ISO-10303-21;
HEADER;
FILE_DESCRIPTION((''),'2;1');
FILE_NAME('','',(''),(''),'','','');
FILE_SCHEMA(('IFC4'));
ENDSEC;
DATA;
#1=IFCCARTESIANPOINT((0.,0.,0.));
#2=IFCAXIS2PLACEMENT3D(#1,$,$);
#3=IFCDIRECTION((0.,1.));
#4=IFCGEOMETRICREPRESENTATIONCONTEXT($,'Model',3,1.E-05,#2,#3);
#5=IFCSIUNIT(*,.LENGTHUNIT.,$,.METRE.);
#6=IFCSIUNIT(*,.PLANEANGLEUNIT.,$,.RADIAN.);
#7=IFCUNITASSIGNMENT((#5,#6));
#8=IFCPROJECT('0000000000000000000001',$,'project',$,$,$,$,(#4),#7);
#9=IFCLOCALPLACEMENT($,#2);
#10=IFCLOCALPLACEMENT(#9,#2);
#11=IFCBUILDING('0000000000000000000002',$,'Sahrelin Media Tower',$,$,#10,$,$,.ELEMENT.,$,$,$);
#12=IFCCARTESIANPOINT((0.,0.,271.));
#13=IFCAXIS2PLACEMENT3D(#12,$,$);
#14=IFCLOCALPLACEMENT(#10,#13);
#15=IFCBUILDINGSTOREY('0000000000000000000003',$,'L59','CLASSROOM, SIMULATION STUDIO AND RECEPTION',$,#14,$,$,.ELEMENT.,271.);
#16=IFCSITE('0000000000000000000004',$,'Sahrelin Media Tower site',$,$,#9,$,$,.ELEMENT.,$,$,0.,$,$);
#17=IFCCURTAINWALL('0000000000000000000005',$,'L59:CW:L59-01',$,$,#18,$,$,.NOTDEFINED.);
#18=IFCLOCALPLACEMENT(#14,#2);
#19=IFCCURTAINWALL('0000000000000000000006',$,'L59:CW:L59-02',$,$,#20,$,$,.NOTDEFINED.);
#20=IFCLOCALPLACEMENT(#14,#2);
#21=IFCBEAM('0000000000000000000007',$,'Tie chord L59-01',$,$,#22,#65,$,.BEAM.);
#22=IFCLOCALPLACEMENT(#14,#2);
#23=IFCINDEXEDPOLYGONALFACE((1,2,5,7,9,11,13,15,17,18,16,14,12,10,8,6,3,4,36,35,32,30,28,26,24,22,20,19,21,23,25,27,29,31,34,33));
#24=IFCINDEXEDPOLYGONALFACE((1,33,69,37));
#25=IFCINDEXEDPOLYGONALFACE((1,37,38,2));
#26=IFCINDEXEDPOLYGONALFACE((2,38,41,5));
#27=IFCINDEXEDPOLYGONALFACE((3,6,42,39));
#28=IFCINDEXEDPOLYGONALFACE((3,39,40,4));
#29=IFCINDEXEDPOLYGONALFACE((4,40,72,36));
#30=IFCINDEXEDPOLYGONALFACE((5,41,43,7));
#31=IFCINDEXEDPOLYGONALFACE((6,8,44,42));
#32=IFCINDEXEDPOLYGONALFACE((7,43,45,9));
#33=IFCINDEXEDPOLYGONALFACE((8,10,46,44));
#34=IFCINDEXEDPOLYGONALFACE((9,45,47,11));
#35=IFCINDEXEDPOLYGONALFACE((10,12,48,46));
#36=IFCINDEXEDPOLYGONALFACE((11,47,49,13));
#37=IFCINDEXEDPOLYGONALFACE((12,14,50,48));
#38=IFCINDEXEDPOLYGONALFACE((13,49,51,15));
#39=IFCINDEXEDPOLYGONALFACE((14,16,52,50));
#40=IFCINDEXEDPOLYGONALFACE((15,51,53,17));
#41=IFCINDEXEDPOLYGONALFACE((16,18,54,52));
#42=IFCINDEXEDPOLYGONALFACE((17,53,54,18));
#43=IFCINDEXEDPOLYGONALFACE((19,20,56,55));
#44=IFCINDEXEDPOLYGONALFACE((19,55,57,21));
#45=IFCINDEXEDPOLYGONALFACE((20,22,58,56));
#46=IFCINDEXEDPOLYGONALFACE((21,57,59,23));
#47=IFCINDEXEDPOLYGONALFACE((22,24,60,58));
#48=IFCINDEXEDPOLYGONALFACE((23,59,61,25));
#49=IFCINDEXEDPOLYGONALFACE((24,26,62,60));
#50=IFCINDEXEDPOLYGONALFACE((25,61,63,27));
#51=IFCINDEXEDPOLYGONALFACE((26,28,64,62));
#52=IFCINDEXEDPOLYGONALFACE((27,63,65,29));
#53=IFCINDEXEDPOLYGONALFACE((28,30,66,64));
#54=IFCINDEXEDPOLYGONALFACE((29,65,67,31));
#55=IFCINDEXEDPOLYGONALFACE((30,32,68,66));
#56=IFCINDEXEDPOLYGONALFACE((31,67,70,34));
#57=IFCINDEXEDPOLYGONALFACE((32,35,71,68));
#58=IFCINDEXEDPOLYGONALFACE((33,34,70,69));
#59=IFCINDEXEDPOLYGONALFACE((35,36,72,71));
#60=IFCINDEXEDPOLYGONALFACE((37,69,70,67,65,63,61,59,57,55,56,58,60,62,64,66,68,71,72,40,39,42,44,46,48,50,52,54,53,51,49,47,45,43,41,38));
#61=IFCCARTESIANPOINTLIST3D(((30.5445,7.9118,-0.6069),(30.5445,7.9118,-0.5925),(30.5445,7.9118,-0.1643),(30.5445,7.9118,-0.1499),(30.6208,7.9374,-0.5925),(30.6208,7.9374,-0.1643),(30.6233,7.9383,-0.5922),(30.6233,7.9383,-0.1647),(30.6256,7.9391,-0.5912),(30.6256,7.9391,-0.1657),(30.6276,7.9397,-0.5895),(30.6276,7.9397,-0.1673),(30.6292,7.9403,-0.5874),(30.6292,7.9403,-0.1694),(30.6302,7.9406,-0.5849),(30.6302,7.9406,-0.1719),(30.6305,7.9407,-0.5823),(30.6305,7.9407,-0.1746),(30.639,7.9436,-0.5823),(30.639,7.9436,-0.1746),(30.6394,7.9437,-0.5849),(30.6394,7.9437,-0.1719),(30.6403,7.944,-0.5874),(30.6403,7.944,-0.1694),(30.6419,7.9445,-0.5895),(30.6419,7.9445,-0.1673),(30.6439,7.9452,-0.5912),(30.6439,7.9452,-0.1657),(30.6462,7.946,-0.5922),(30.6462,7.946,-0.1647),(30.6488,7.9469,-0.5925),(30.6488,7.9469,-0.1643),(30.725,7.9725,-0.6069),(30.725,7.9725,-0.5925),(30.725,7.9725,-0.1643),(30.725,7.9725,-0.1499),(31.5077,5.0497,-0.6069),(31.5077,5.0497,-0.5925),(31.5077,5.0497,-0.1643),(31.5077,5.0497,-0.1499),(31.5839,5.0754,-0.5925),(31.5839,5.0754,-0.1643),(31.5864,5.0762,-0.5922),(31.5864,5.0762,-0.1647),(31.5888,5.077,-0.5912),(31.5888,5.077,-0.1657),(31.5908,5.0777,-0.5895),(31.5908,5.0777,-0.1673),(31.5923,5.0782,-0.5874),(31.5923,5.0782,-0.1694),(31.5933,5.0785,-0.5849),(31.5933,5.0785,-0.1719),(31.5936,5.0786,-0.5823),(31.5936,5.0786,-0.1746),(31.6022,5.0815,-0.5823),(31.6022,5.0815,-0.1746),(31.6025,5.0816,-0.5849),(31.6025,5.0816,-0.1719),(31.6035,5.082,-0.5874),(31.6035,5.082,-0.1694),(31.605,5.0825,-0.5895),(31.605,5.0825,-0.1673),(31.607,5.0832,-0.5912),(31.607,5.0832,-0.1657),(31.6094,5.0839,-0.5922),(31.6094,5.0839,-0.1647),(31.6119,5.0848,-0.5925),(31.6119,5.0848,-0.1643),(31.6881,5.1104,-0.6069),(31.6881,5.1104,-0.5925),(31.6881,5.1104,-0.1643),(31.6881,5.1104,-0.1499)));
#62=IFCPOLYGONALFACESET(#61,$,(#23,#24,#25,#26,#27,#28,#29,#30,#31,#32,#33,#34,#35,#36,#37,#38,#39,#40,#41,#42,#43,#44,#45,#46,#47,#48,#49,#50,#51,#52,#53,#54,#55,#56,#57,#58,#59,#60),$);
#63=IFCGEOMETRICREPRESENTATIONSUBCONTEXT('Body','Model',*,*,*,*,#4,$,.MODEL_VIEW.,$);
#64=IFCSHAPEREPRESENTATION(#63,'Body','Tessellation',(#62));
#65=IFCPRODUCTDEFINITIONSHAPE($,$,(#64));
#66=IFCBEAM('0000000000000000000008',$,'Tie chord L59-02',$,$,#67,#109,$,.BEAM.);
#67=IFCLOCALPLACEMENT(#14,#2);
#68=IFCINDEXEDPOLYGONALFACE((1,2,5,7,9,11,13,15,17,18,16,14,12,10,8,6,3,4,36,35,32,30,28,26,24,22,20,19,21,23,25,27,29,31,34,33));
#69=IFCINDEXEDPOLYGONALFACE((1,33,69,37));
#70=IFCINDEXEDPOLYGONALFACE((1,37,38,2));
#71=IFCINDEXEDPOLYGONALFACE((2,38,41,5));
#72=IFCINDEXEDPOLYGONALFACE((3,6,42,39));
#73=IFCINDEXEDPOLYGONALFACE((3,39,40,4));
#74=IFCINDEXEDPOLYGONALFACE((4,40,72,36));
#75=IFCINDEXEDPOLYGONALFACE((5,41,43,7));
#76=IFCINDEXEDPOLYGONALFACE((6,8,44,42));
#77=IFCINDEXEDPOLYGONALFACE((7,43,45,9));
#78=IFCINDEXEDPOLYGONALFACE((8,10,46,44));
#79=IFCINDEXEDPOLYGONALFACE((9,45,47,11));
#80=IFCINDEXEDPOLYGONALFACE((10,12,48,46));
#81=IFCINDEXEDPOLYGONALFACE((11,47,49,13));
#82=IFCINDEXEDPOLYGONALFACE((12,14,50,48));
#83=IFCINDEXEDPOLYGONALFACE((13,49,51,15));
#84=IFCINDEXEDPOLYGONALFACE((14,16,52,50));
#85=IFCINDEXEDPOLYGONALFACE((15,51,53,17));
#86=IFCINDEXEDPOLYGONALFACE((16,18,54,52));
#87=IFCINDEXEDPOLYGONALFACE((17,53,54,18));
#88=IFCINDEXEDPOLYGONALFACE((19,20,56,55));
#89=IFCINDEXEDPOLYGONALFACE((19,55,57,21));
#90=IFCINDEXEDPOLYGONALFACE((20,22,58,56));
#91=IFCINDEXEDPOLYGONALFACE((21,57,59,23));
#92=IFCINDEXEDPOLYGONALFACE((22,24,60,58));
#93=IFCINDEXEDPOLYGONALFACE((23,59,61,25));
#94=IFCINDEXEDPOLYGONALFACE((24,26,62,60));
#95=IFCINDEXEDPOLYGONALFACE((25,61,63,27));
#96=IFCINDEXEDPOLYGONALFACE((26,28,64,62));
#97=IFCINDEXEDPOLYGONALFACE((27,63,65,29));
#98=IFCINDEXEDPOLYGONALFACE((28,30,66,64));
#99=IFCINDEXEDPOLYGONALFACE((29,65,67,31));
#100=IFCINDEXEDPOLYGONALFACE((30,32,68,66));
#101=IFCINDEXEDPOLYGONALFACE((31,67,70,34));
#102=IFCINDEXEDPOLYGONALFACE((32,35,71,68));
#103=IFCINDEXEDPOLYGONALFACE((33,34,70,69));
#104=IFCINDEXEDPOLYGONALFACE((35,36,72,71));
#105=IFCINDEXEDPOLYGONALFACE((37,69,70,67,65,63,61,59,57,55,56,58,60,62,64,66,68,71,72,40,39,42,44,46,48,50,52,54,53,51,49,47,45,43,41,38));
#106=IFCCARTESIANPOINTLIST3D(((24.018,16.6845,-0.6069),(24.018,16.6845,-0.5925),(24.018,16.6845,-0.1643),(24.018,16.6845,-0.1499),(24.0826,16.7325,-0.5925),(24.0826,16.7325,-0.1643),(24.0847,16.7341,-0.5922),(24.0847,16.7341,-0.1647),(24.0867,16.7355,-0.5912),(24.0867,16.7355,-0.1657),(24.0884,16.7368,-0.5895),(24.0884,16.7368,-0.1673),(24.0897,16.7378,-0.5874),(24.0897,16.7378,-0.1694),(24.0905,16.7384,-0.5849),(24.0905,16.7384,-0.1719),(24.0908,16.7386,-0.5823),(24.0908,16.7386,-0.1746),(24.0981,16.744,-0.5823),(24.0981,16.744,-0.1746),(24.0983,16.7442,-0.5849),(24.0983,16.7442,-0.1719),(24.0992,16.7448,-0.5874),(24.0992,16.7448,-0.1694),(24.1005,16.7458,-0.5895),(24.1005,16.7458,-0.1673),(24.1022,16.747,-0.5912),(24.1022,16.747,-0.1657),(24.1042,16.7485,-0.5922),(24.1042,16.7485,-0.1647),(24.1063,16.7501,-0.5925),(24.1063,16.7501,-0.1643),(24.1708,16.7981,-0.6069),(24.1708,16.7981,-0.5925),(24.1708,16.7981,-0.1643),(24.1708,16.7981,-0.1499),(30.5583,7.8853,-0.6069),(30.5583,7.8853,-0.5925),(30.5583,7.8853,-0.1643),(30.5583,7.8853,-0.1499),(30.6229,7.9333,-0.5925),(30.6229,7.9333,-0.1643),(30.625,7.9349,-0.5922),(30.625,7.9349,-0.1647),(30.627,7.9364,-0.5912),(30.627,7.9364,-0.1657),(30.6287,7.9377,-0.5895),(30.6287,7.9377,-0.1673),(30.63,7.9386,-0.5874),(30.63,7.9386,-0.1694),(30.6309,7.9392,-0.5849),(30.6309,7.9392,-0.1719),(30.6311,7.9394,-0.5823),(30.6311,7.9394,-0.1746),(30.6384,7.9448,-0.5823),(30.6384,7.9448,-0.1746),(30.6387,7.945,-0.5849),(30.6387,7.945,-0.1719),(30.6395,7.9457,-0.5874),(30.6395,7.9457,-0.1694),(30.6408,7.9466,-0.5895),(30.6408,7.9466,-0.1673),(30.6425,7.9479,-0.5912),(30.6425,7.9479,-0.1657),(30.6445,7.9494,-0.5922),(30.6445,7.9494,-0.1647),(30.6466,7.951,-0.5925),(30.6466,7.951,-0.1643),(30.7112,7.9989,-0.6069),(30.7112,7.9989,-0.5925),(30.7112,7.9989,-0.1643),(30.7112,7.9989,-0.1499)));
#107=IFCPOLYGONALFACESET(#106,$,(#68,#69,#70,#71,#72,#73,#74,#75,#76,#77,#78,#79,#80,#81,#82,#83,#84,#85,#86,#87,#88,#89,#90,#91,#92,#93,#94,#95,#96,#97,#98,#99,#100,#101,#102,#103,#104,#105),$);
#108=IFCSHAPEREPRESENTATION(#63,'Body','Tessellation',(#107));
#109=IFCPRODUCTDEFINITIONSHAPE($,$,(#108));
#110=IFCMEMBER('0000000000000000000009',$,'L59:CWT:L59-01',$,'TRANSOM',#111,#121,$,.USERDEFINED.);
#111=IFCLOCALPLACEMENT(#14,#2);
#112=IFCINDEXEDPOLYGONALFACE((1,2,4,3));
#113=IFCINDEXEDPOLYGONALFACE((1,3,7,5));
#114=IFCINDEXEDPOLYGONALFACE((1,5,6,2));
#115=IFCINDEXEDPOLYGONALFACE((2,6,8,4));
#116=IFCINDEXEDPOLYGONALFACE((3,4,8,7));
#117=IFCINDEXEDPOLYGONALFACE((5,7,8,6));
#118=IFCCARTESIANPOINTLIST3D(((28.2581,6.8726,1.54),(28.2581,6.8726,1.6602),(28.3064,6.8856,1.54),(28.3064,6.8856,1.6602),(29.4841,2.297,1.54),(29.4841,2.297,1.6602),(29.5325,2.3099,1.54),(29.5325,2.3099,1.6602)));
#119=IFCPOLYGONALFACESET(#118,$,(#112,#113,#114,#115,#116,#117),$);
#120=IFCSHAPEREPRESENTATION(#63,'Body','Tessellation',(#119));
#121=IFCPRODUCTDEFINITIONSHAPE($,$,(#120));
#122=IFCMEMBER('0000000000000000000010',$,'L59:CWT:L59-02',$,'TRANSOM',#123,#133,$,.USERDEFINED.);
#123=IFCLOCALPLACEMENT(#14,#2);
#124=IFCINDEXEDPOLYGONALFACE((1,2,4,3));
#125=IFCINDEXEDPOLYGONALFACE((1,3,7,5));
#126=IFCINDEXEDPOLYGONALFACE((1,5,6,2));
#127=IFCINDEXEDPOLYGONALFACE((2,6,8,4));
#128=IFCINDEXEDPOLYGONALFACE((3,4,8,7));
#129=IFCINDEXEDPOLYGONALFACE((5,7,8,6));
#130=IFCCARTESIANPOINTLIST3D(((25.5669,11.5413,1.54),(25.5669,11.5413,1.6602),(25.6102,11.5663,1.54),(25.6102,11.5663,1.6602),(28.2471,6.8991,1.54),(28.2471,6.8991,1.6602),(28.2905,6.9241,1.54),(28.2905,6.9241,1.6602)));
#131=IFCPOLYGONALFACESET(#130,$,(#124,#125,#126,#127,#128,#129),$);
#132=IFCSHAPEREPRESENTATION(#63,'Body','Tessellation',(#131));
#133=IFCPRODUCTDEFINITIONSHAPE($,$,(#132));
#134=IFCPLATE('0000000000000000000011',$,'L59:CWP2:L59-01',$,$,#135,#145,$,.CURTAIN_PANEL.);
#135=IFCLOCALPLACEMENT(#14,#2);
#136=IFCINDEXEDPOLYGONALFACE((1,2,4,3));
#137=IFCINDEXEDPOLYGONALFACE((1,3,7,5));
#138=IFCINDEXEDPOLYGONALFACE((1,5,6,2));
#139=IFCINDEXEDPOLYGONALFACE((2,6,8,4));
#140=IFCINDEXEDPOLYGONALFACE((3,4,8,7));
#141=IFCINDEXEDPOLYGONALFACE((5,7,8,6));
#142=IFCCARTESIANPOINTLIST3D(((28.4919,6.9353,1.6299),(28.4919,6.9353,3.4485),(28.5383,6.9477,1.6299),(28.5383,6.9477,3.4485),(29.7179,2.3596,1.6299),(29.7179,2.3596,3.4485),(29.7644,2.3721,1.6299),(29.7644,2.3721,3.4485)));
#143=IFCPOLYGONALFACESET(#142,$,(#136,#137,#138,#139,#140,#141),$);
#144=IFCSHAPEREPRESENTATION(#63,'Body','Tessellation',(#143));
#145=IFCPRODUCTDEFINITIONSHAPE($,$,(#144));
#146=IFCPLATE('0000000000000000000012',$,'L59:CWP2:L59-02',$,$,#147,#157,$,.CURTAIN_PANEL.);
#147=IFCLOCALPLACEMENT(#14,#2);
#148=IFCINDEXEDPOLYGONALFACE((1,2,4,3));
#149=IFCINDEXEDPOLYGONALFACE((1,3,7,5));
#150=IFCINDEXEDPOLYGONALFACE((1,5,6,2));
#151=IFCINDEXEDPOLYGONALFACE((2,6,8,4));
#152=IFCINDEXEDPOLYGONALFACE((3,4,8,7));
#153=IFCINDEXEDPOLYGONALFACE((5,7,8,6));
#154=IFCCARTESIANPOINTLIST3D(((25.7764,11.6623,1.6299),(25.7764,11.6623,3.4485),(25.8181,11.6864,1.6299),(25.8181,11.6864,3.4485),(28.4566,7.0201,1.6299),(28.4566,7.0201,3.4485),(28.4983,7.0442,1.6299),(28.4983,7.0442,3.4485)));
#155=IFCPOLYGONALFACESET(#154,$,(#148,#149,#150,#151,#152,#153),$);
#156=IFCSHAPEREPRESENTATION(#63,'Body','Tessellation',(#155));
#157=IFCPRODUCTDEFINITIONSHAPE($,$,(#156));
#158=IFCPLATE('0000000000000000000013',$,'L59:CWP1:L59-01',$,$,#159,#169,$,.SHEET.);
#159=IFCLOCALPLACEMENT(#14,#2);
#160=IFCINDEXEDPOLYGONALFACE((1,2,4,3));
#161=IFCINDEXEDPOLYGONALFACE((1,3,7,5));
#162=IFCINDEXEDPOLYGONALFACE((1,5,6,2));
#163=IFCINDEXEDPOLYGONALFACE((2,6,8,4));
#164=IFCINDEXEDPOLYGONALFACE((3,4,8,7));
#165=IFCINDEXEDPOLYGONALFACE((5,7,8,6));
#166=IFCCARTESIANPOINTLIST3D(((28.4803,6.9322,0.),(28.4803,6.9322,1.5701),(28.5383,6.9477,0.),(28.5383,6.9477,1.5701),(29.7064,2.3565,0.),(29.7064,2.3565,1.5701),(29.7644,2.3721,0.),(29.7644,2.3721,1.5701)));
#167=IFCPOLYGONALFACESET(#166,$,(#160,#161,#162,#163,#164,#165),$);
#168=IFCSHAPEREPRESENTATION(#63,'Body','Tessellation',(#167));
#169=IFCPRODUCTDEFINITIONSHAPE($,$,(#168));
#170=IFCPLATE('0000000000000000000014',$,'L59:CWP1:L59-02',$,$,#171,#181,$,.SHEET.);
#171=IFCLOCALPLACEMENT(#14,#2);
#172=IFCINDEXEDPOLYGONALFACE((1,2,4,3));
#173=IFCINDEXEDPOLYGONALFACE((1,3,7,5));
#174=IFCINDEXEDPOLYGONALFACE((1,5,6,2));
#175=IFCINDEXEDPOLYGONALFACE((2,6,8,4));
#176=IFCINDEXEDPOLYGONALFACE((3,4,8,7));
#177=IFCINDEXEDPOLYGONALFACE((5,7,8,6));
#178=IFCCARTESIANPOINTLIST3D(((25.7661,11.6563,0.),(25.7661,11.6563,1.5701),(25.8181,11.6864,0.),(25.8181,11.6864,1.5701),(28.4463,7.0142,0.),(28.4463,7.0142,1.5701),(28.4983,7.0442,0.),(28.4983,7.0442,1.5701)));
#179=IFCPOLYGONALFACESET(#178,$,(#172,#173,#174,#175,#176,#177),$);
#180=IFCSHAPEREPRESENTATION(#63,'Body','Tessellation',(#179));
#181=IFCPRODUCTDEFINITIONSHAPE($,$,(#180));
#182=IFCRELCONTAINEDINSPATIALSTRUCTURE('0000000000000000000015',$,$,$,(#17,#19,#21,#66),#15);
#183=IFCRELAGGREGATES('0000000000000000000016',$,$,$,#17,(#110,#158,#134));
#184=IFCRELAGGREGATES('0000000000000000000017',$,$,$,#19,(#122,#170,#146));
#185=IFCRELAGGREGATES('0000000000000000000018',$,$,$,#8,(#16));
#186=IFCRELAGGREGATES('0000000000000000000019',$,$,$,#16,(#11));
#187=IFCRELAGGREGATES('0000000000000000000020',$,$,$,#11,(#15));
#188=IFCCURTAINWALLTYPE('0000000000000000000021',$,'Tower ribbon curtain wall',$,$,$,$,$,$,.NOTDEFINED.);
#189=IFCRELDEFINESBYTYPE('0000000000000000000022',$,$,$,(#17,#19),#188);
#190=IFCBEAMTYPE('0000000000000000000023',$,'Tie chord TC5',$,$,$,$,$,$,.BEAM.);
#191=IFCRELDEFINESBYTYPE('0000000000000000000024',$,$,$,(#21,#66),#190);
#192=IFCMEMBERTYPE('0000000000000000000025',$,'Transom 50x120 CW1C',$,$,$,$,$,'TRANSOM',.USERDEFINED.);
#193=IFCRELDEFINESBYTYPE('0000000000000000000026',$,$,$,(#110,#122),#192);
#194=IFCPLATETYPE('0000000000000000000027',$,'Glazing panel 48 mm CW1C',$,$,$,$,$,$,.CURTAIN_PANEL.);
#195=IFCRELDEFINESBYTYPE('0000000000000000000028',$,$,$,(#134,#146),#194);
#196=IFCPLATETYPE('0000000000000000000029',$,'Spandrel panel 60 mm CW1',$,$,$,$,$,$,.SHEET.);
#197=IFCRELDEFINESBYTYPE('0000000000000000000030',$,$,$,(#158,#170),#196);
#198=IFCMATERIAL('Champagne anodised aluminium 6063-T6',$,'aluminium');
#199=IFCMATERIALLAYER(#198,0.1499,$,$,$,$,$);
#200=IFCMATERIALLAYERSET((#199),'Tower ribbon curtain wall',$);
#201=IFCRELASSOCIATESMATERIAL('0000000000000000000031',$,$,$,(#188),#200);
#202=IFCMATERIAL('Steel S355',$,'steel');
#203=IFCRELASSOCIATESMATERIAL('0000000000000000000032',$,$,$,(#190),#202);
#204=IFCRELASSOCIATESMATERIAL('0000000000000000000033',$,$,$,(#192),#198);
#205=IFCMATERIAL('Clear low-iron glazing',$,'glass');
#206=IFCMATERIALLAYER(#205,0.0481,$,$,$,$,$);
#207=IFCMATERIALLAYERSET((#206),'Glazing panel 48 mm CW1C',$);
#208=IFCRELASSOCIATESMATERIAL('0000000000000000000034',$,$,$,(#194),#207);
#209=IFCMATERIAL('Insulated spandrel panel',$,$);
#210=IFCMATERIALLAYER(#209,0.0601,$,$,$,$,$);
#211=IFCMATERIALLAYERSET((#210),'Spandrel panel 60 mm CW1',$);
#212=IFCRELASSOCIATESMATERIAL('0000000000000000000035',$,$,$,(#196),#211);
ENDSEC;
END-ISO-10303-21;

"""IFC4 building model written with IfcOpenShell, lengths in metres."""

from ifc_helpers import new_model, si_unit, direction, frame, origin, origin_2d, place, context, subcontext, project, spatial, polyline, rectangle, i_section, outline, extrude, material, layer, layer_set, material_profile, profile_set, type_object, element, aggregate, save


model = new_model("IFC4")

# Units and contexts
model_context = context("Model", 3, precision=1e-05, world=origin(), true_north=direction((0.0, 1.0)))
body_context = subcontext(model_context, "Body", "Model", "MODEL_VIEW")
ifc_project = project(units=[si_unit("LENGTHUNIT", "METRE"), si_unit("PLANEANGLEUNIT", "RADIAN")], contexts=[model_context])

# Site, building, storey
site_placement = place(None, origin())
site = spatial("IfcSite", under=ifc_project, at=site_placement, Name="Sahrelin Media Tower site", CompositionType="ELEMENT", RefElevation=0.0)
building_placement = place(site_placement, origin())
building = spatial("IfcBuilding", under=site, at=building_placement, Name="Sahrelin Media Tower", CompositionType="ELEMENT")
storey_placement = place(building_placement, frame((0.0, 0.0, 271.0)))
storey = spatial("IfcBuildingStorey", under=building, at=storey_placement, Name="L59", Description="CLASSROOM, SIMULATION STUDIO AND RECEPTION", CompositionType="ELEMENT", Elevation=271.0)

# Shared definitions
ifc_material_1 = material(Name="Steel S355", Category="steel")

# Curtain walls
ifc_material_2 = material(Name="Champagne anodised aluminium 6063-T6", Category="aluminium")
ifc_layer_1 = layer(ifc_material_2, 0.1499)
ifc_layer_set_1 = layer_set([ifc_layer_1], Name="Tower ribbon curtain wall")
curtain_wall_type = type_object("IfcCurtainWallType", Name="Tower ribbon curtain wall", PredefinedType="NOTDEFINED", material=ifc_layer_set_1)
curtain_wall_1_placement = place(storey_placement, frame((29.1318, 4.6548, 0.0), z_axis=(0.0, 0.0, 1.0), x_axis=(1.0, 0.0, 0.0)))
curtain_wall_1 = element("IfcCurtainWall", 1, at=curtain_wall_1_placement, inside=storey, type_object=curtain_wall_type, Name="L59:CW:L59-01", PredefinedType="NOTDEFINED")
curtain_wall_2_placement = place(storey_placement, frame((27.1409, 9.3552, 0.0), z_axis=(0.0, 0.0, 1.0), x_axis=(1.0, 0.0, 0.0)))
curtain_wall_2 = element("IfcCurtainWall", 2, at=curtain_wall_2_placement, inside=storey, type_object=curtain_wall_type, Name="L59:CW:L59-02", PredefinedType="NOTDEFINED")

# Beams
ifc_material_profile_1 = material_profile(ifc_material_1, i_section(OverallWidth=0.1904, OverallDepth=0.457, WebThickness=0.009, FlangeThickness=0.0144, FilletRadius=0.0103, at=origin_2d()), Name="UB 457x191x74")
ifc_profile_set_1 = profile_set([ifc_material_profile_1], Name="Steel S355")
beam_type_1 = type_object("IfcBeamType", Name="Tie chord TC5", PredefinedType="BEAM", material=ifc_profile_set_1)
beam_1_placement = place(storey_placement, frame((31.5979, 5.0801, -0.3784), z_axis=(-0.318943, 0.947774, 0.0), x_axis=(-0.947774, -0.318943, 0.0)))
element("IfcBeam", 3, at=beam_1_placement, inside=storey, type_object=beam_type_1, Name="Tie chord L59-01", PredefinedType="BEAM", context=body_context, shape_type="SweptSolid", body=[
    extrude(i_section(OverallWidth=0.1904, OverallDepth=0.457, WebThickness=0.009, FlangeThickness=0.0144, FilletRadius=0.0103, at=origin_2d()), origin(), (0.0, 0.0, 1.0), 3.0198),
])
beam_2_placement = place(storey_placement, frame((30.6348, 7.9421, -0.3784), z_axis=(-0.596549, 0.802577, 0.0), x_axis=(-0.802577, -0.596549, 0.0)))
element("IfcBeam", 4, at=beam_2_placement, inside=storey, type_object=beam_type_1, Name="Tie chord L59-02", PredefinedType="BEAM", context=body_context, shape_type="SweptSolid", body=[
    extrude(i_section(OverallWidth=0.1904, OverallDepth=0.457, WebThickness=0.009, FlangeThickness=0.0144, FilletRadius=0.0103, at=origin_2d()), origin(), (0.0, 0.0, 1.0), 10.9636),
])

# Members
ifc_material_profile_2 = material_profile(ifc_material_2, rectangle(XDim=0.05, YDim=0.1201, at=origin_2d()), Name="Transom 50x120")
ifc_profile_set_2 = profile_set([ifc_material_profile_2], Name="Champagne anodised aluminium 6063-T6")
member_type_1 = type_object("IfcMemberType", Name="Transom 50x120 CW1C", ElementType="TRANSOM", PredefinedType="USERDEFINED", material=ifc_profile_set_2)
member_1_placement = place(storey_placement, frame((29.5083, 2.3035, 1.6001), z_axis=(-0.258824, 0.965925, 0.0), x_axis=(-0.965925, -0.258824, 0.0)))
member_1 = element("IfcMember", 5, at=member_1_placement, type_object=member_type_1, Name="L59:CWT:L59-01", ObjectType="TRANSOM", PredefinedType="USERDEFINED", context=body_context, shape_type="SweptSolid", body=[
    extrude(rectangle(XDim=0.05, YDim=0.1201, at=origin_2d()), origin(), (0.0, 0.0, 1.0), 4.7371),
])
member_2_placement = place(storey_placement, frame((28.2688, 6.9116, 1.6001), z_axis=(-0.500009, 0.86602, 0.0), x_axis=(-0.86602, -0.500009, 0.0)))
member_2 = element("IfcMember", 6, at=member_2_placement, type_object=member_type_1, Name="L59:CWT:L59-02", ObjectType="TRANSOM", PredefinedType="USERDEFINED", context=body_context, shape_type="SweptSolid", body=[
    extrude(rectangle(XDim=0.05, YDim=0.1201, at=origin_2d()), origin(), (0.0, 0.0, 1.0), 5.3604),
])

# Plates
ifc_material_3 = material(Name="Clear low-iron glazing", Category="glass")
ifc_layer_2 = layer(ifc_material_3, 0.0481)
ifc_layer_set_2 = layer_set([ifc_layer_2], Name="Glazing panel 48 mm CW1C")
plate_type_1 = type_object("IfcPlateType", Name="Glazing panel 48 mm CW1C", PredefinedType="CURTAIN_PANEL", material=ifc_layer_set_2)
plate_1_placement = place(storey_placement, frame((29.7644, 2.3721, 1.6299), z_axis=(0.965925, 0.258824, 0.0), x_axis=(-0.258824, 0.965925, 0.0)))
plate_1 = element("IfcPlate", 7, at=plate_1_placement, type_object=plate_type_1, Name="L59:CWP2:L59-01", PredefinedType="CURTAIN_PANEL", context=body_context, shape_type="SweptSolid", body=[
    extrude(outline(polyline([(0.0, 0.0), (4.7371, 0.0), (4.7371, 1.8186), (0.0, 1.8186), (0.0, 0.0)])), origin(), (0.0, 0.0, -1.0), 0.0481),
])
plate_2_placement = place(storey_placement, frame((28.4983, 7.0442, 1.6299), z_axis=(0.86602, 0.500009, 0.0), x_axis=(-0.500009, 0.86602, 0.0)))
plate_2 = element("IfcPlate", 8, at=plate_2_placement, type_object=plate_type_1, Name="L59:CWP2:L59-02", PredefinedType="CURTAIN_PANEL", context=body_context, shape_type="SweptSolid", body=[
    extrude(outline(polyline([(0.0, 0.0), (5.3604, 0.0), (5.3604, 1.8186), (0.0, 1.8186), (0.0, 0.0)])), origin(), (0.0, 0.0, -1.0), 0.0481),
])
ifc_material_4 = material(Name="Insulated spandrel panel")
ifc_layer_3 = layer(ifc_material_4, 0.0601)
ifc_layer_set_3 = layer_set([ifc_layer_3], Name="Spandrel panel 60 mm CW1")
plate_type_2 = type_object("IfcPlateType", Name="Spandrel panel 60 mm CW1", PredefinedType="SHEET", material=ifc_layer_set_3)
plate_3_placement = place(storey_placement, frame((29.7644, 2.3721, 0.0), z_axis=(0.965925, 0.258824, 0.0), x_axis=(-0.258824, 0.965925, 0.0)))
plate_3 = element("IfcPlate", 9, at=plate_3_placement, type_object=plate_type_2, Name="L59:CWP1:L59-01", PredefinedType="SHEET", context=body_context, shape_type="SweptSolid", body=[
    extrude(outline(polyline([(0.0, 0.0), (4.7371, 0.0), (4.7371, 1.5701), (0.0, 1.5701), (0.0, 0.0)])), origin(), (0.0, 0.0, -1.0), 0.0601),
])
aggregate(curtain_wall_1, [member_1, plate_3, plate_1])
plate_4_placement = place(storey_placement, frame((28.4983, 7.0442, 0.0), z_axis=(0.86602, 0.500009, 0.0), x_axis=(-0.500009, 0.86602, 0.0)))
plate_4 = element("IfcPlate", 10, at=plate_4_placement, type_object=plate_type_2, Name="L59:CWP1:L59-02", PredefinedType="SHEET", context=body_context, shape_type="SweptSolid", body=[
    extrude(outline(polyline([(0.0, 0.0), (5.3604, 0.0), (5.3604, 1.5701), (0.0, 1.5701), (0.0, 0.0)])), origin(), (0.0, 0.0, -1.0), 0.0601),
])
aggregate(curtain_wall_2, [member_2, plate_4, plate_2])

save(model, "model.ifc")
